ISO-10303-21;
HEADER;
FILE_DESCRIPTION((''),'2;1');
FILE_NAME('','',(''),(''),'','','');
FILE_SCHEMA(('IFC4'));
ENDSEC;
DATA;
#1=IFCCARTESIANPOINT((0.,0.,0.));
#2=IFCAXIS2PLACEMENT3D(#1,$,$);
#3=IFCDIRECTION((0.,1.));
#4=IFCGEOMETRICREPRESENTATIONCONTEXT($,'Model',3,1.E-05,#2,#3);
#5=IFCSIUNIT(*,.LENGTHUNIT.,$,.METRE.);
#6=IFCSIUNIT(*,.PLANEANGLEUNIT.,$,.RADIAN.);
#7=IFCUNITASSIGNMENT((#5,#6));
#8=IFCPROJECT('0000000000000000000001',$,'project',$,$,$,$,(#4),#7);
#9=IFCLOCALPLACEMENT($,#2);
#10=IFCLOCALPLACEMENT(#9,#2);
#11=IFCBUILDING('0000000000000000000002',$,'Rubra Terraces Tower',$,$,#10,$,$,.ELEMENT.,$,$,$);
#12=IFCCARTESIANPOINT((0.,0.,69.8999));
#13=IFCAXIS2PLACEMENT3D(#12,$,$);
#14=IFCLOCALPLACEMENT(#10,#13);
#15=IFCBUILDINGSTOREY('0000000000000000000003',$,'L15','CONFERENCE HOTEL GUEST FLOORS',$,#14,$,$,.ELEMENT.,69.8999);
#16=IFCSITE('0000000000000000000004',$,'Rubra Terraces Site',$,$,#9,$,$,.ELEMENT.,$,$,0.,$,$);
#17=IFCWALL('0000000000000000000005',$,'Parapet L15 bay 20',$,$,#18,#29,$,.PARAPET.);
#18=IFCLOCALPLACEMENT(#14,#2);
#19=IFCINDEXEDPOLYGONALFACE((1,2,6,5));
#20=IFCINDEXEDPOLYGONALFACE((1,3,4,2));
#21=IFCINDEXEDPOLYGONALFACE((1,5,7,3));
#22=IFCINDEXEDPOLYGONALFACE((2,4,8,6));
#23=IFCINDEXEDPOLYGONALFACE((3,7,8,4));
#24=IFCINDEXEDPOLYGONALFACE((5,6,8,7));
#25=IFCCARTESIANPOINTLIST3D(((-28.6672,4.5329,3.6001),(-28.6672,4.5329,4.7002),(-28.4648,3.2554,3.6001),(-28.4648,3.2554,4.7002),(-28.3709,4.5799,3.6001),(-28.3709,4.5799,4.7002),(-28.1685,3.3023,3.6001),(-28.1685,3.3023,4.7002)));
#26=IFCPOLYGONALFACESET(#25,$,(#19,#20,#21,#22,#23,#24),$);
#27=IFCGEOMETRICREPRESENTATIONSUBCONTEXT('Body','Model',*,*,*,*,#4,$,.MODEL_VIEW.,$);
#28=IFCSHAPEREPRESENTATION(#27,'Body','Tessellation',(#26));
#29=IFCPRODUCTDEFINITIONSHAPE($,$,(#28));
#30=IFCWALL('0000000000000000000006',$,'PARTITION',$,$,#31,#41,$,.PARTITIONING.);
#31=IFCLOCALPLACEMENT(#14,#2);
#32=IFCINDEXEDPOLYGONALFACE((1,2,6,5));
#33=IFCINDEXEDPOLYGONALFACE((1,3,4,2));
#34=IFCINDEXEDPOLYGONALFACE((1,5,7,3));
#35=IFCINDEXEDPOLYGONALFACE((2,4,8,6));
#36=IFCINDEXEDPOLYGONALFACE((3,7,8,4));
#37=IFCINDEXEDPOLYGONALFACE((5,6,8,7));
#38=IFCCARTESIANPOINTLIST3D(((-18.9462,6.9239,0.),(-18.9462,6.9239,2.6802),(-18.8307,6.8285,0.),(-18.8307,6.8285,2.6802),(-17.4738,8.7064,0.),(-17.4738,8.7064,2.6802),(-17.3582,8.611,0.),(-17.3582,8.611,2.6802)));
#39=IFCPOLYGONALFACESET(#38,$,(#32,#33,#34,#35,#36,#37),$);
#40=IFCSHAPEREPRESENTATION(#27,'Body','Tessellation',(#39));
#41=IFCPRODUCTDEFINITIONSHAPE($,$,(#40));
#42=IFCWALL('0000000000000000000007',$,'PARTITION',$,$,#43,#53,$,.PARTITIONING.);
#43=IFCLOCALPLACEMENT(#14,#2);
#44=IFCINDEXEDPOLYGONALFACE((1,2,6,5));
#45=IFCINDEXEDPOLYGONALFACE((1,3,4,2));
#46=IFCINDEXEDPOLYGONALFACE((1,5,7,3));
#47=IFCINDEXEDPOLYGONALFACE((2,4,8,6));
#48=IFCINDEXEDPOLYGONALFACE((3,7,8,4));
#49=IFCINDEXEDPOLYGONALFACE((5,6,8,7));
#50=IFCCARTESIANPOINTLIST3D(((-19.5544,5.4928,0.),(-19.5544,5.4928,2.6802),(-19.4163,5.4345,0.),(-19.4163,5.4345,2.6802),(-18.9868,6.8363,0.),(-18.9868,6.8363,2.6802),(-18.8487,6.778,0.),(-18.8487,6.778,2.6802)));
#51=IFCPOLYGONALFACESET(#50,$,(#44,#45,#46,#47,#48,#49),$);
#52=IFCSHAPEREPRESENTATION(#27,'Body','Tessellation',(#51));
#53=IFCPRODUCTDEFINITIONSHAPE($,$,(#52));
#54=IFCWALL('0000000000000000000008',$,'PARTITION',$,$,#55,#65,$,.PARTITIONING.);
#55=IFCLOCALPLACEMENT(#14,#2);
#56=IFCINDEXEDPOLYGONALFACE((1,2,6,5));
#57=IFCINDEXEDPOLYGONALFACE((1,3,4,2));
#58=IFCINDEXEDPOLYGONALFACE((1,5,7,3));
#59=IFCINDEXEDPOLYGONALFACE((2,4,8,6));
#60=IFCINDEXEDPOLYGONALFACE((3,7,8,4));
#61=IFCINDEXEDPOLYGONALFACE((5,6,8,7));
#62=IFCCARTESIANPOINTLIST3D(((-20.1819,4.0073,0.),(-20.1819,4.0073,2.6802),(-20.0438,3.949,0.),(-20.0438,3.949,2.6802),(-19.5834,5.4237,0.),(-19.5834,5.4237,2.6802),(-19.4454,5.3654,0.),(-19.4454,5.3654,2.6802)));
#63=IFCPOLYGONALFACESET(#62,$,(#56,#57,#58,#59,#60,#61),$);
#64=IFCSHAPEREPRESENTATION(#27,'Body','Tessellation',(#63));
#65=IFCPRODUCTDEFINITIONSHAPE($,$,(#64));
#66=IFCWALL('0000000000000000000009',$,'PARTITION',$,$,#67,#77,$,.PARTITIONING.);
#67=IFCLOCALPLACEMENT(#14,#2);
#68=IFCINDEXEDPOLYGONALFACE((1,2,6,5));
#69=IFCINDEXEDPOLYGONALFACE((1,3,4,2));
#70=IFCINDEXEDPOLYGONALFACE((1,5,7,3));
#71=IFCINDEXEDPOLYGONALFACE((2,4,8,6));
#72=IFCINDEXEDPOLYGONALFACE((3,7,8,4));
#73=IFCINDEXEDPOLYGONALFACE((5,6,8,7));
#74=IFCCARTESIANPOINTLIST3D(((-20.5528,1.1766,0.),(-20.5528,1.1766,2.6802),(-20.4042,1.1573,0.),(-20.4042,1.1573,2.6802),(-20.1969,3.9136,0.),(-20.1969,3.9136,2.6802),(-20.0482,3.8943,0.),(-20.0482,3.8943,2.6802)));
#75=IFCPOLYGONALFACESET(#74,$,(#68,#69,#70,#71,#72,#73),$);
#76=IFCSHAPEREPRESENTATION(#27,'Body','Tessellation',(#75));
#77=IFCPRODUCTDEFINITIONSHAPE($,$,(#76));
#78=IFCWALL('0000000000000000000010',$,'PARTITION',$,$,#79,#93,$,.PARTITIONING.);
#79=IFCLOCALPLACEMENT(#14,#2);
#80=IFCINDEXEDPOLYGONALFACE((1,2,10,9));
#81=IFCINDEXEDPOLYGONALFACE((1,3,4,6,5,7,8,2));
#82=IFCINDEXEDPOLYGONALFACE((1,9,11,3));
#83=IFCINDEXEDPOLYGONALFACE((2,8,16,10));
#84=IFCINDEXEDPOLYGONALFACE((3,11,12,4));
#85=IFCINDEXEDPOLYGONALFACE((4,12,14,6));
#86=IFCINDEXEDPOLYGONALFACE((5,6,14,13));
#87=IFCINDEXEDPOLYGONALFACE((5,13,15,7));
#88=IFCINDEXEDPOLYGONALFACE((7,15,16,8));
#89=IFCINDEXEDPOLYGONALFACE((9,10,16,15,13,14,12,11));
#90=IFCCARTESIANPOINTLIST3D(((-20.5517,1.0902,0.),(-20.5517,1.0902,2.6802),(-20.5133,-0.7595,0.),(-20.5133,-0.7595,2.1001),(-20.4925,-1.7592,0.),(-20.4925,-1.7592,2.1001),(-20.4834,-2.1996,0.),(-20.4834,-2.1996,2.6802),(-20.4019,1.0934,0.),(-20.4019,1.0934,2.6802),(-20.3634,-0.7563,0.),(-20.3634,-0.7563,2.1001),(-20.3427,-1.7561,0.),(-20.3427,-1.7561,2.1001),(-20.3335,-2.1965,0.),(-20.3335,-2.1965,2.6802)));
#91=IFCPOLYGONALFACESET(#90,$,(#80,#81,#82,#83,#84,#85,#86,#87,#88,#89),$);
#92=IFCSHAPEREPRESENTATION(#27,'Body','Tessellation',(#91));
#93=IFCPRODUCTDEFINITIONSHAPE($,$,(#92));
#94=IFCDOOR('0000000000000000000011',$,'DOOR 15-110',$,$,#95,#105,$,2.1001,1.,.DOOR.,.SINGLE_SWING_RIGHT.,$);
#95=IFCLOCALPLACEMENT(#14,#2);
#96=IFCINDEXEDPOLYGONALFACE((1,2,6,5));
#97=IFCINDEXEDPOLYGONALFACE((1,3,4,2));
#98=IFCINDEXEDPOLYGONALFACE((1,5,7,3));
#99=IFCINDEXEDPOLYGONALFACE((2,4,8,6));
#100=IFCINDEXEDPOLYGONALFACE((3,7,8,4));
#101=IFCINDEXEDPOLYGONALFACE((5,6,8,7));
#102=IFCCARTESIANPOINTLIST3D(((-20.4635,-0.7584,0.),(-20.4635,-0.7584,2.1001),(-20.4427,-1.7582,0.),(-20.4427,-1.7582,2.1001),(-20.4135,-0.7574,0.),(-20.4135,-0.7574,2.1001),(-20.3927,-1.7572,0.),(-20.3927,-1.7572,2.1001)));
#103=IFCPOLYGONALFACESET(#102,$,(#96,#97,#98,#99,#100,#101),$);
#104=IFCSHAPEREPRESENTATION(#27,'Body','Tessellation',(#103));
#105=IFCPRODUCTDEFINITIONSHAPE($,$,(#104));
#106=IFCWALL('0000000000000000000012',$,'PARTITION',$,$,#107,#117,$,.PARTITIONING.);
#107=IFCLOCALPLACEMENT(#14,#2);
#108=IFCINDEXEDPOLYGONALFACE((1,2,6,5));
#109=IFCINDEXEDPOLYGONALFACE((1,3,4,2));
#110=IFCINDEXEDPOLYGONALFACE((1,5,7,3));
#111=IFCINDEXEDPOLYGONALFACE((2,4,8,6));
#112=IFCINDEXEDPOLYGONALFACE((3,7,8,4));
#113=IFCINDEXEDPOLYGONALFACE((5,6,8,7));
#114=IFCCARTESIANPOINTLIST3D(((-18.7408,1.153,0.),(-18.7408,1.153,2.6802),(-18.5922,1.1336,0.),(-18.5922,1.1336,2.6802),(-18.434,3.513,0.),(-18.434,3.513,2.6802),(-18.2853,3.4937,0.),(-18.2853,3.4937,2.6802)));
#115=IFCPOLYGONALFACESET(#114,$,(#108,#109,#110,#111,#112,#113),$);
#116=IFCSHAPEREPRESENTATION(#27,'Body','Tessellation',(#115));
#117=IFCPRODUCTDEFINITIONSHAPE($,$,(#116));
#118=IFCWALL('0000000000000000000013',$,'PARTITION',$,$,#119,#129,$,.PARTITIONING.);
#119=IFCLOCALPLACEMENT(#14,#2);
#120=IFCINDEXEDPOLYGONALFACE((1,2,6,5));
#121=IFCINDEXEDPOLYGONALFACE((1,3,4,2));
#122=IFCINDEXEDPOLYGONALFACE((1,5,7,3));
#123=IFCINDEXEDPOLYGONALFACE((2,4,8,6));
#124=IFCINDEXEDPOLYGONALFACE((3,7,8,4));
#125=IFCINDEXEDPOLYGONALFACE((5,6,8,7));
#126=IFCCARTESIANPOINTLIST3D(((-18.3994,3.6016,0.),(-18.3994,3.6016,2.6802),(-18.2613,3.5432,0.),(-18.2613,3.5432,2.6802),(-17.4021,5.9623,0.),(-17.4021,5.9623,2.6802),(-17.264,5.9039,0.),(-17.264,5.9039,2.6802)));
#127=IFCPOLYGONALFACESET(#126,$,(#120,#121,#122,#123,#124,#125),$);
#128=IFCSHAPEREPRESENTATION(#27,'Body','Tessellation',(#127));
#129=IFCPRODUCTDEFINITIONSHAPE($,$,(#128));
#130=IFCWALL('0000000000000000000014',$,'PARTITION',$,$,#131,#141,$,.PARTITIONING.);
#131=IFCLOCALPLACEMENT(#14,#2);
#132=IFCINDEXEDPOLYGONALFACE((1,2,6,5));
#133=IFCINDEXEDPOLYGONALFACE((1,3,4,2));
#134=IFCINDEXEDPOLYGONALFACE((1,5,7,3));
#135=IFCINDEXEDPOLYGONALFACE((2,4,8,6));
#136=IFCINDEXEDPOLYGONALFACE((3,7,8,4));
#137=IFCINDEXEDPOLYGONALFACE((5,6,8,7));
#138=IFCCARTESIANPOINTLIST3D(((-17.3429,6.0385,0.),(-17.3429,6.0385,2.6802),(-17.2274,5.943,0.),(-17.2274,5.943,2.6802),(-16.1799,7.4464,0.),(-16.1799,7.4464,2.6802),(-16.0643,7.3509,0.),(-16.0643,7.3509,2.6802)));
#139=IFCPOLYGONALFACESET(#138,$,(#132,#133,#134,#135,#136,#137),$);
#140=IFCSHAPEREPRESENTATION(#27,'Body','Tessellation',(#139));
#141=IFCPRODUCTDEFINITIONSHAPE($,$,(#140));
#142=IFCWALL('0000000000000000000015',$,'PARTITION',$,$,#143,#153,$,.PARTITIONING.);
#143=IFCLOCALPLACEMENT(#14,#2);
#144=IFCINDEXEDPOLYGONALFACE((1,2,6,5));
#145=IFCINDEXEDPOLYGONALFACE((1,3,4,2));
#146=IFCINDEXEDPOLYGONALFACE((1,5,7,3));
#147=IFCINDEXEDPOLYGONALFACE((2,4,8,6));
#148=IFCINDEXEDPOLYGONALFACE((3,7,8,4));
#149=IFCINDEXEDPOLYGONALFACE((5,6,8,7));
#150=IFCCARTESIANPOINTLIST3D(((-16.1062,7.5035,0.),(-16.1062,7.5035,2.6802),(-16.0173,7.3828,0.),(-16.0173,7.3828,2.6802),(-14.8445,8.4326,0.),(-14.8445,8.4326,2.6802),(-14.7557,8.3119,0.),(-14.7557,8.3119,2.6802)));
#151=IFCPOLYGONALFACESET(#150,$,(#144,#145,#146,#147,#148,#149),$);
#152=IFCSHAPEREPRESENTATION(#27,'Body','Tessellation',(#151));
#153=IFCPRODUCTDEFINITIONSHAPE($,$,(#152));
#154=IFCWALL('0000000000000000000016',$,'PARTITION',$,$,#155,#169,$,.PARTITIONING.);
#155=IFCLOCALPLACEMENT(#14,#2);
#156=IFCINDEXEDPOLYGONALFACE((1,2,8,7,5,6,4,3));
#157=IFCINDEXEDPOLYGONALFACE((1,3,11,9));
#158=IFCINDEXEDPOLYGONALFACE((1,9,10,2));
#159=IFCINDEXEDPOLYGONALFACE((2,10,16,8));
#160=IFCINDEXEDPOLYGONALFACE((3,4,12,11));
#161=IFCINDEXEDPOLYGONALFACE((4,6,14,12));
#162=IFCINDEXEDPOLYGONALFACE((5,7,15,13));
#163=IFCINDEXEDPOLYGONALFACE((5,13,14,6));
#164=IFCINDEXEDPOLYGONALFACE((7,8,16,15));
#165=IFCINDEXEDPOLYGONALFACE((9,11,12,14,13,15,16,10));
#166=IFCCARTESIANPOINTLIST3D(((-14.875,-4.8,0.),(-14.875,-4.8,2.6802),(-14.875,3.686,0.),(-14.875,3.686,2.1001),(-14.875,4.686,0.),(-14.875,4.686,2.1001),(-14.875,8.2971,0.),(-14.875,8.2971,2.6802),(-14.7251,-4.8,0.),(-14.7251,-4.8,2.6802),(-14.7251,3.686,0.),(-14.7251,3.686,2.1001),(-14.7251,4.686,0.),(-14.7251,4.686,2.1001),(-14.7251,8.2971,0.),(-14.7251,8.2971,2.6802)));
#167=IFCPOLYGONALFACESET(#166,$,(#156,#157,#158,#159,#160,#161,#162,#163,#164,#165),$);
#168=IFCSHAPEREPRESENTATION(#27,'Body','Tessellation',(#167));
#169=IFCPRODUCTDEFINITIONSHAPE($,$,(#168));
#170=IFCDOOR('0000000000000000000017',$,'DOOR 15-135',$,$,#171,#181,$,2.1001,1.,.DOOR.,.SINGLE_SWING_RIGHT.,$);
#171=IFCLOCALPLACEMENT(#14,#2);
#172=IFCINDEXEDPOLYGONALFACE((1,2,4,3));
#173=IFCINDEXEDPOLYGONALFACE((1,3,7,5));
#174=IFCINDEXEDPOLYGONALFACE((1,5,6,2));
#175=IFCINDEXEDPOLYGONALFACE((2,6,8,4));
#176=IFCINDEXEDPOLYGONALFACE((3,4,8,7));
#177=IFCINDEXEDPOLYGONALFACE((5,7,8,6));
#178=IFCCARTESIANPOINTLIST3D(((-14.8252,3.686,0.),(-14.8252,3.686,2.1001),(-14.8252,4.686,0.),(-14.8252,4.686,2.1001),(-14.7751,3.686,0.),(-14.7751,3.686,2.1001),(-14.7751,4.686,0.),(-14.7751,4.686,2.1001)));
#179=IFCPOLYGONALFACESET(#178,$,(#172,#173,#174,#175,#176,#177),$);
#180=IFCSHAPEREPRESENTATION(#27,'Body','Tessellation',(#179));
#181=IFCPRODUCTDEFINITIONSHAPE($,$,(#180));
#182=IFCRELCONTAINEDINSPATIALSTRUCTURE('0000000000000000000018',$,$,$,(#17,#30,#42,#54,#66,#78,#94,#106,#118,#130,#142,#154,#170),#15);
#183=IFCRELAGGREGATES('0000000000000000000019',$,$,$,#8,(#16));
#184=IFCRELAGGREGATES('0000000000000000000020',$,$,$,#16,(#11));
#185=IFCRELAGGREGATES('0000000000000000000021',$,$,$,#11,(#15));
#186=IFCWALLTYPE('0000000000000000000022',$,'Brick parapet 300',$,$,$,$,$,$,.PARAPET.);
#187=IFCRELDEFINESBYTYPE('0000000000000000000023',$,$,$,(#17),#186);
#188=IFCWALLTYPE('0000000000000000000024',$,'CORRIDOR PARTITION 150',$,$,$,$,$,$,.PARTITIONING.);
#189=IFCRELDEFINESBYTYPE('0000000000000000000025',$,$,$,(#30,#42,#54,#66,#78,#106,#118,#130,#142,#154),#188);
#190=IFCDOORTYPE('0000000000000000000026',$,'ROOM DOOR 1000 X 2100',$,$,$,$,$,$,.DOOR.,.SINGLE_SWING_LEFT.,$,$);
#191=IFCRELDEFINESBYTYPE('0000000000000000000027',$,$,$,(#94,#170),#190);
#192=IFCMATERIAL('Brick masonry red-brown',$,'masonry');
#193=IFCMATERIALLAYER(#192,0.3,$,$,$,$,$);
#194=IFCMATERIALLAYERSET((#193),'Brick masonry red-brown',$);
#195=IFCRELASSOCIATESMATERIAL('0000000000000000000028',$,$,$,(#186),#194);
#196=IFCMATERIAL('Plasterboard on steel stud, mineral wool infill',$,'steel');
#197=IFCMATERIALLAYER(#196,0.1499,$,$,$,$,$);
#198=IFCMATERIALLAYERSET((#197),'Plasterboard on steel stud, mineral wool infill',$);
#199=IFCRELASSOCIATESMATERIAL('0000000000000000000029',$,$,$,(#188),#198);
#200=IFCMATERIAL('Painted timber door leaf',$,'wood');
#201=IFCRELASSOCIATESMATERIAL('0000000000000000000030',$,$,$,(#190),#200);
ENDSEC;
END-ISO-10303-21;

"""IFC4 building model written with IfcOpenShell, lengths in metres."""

from ifc_helpers import new_model, si_unit, direction, frame, frame_2d, origin, place, context, subcontext, project, spatial, rectangle, extrude, material, layer, layer_set, type_object, element, fill, save


model = new_model("IFC4")

# Units and contexts
model_context = context("Model", 3, precision=1e-05, world=origin(), true_north=direction((0.0, 1.0)))
body_context = subcontext(model_context, "Body", "Model", "MODEL_VIEW")
ifc_project = project(units=[si_unit("LENGTHUNIT", "METRE"), si_unit("PLANEANGLEUNIT", "RADIAN")], contexts=[model_context])

# Site, building, storey
site_placement = place(None, origin())
site = spatial("IfcSite", under=ifc_project, at=site_placement, Name="Rubra Terraces Site", CompositionType="ELEMENT", RefElevation=0.0)
building_placement = place(site_placement, origin())
building = spatial("IfcBuilding", under=site, at=building_placement, Name="Rubra Terraces Tower", CompositionType="ELEMENT")
storey_placement = place(building_placement, frame((0.0, 0.0, 69.8999)))
storey = spatial("IfcBuildingStorey", under=building, at=storey_placement, Name="L15", Description="CONFERENCE HOTEL GUEST FLOORS", CompositionType="ELEMENT", Elevation=69.8999)

# Shared definitions
ifc_material_1 = material(Name="Brick masonry red-brown", Category="masonry")

# Walls
ifc_layer_1 = layer(ifc_material_1, 0.3)
ifc_layer_set_1 = layer_set([ifc_layer_1], Name="Brick masonry red-brown")
wall_type_1 = type_object("IfcWallType", Name="Brick parapet 300", PredefinedType="PARAPET", material=ifc_layer_set_1)
wall_1_placement = place(storey_placement, frame((-28.519, 4.5564, 3.6001), z_axis=(0.0, 0.0, 1.0), x_axis=(0.156467, -0.987683, 0.0)))
element("IfcWall", 1, at=wall_1_placement, inside=storey, type_object=wall_type_1, Name="Parapet L15 bay 20", PredefinedType="PARAPET", context=body_context, shape_type="SweptSolid", body=[
    extrude(rectangle(XDim=1.2935, YDim=0.3, at=frame_2d((0.6467, 0.0))), origin(), (0.0, 0.0, 1.0), 1.1001),
])
ifc_material_2 = material(Name="Plasterboard on steel stud, mineral wool infill", Category="steel")
ifc_layer_2 = layer(ifc_material_2, 0.1499)
ifc_layer_set_2 = layer_set([ifc_layer_2], Name="Plasterboard on steel stud, mineral wool infill")
wall_type_2 = type_object("IfcWallType", Name="CORRIDOR PARTITION 150", PredefinedType="PARTITIONING", material=ifc_layer_set_2)
wall_2_placement = place(storey_placement, frame((-17.416, 8.6587, 0.0), z_axis=(0.0, 0.0, 1.0), x_axis=(-0.636865, -0.770975, 0.0)))
element("IfcWall", 2, at=wall_2_placement, inside=storey, type_object=wall_type_2, Name="PARTITION", PredefinedType="PARTITIONING", context=body_context, shape_type="SweptSolid", body=[
    extrude(rectangle(XDim=2.312, YDim=0.1499, at=frame_2d((1.156, 0.0))), origin(), (0.0, 0.0, 1.0), 2.6802),
])
wall_3_placement = place(storey_placement, frame((-18.9177, 6.8071, 0.0), z_axis=(0.0, 0.0, 1.0), x_axis=(-0.389187, -0.921159, 0.0)))
element("IfcWall", 3, at=wall_3_placement, inside=storey, type_object=wall_type_2, Name="PARTITION", PredefinedType="PARTITIONING", context=body_context, shape_type="SweptSolid", body=[
    extrude(rectangle(XDim=1.4585, YDim=0.1499, at=frame_2d((0.7292, 0.0))), origin(), (0.0, 0.0, 1.0), 2.6802),
])
wall_4_placement = place(storey_placement, frame((-19.5144, 5.3945, 0.0), z_axis=(0.0, 0.0, 1.0), x_axis=(-0.3892, -0.921153, 0.0)))
element("IfcWall", 4, at=wall_4_placement, inside=storey, type_object=wall_type_2, Name="PARTITION", PredefinedType="PARTITIONING", context=body_context, shape_type="SweptSolid", body=[
    extrude(rectangle(XDim=1.5376, YDim=0.1499, at=frame_2d((0.7688, 0.0))), origin(), (0.0, 0.0, 1.0), 2.6802),
])
wall_5_placement = place(storey_placement, frame((-20.1226, 3.9038, 0.0), z_axis=(0.0, 0.0, 1.0), x_axis=(-0.128965, -0.991649, 0.0)))
element("IfcWall", 5, at=wall_5_placement, inside=storey, type_object=wall_type_2, Name="PARTITION", PredefinedType="PARTITIONING", context=body_context, shape_type="SweptSolid", body=[
    extrude(rectangle(XDim=2.76, YDim=0.1499, at=frame_2d((1.3799, 0.0))), origin(), (0.0, 0.0, 1.0), 2.6802),
])

# Wall, opening, door
wall_6_placement = place(storey_placement, frame((-20.4768, 1.0918, 0.0), z_axis=(0.0, 0.0, 1.0), x_axis=(0.020775, -0.999784, 0.0)))
wall_6 = element("IfcWall", 6, at=wall_6_placement, inside=storey, type_object=wall_type_2, Name="PARTITION", PredefinedType="PARTITIONING", context=body_context, shape_type="SweptSolid", body=[
    extrude(rectangle(XDim=3.2905, YDim=0.1499, at=frame_2d((1.6453, 0.0))), origin(), (0.0, 0.0, 1.0), 2.6802),
])
opening_1_placement = place(wall_6_placement, frame((1.8501, 0.0, 0.0)))
opening_1 = element("IfcOpeningElement", 7, at=opening_1_placement, cuts=wall_6, PredefinedType="OPENING", context=body_context, shape_type="SweptSolid", body=[
    extrude(rectangle(XDim=1.0, YDim=2.1001, at=frame_2d((0.5, 1.05))), frame((0.0, 0.085, 0.0), z_axis=(0.0, -1.0, 0.0), x_axis=(1.0, 0.0, 0.0)), (0.0, 0.0, 1.0), 0.1699),
])
ifc_material_3 = material(Name="Painted timber door leaf", Category="wood")
door_type_1 = type_object("IfcDoorType", Name="ROOM DOOR 1000 X 2100", OperationType="SINGLE_SWING_LEFT", PredefinedType="DOOR", material=ifc_material_3)
door_1_placement = place(opening_1_placement, origin())
door_1 = element("IfcDoor", 8, at=door_1_placement, inside=storey, type_object=door_type_1, Name="DOOR 15-110", OperationType="SINGLE_SWING_RIGHT", OverallHeight=2.1001, OverallWidth=1.0, PredefinedType="DOOR", context=body_context, shape_type="SweptSolid", body=[
    extrude(rectangle(XDim=1.0, YDim=2.1001, at=frame_2d((0.5, 1.05))), frame((0.0, 0.0249, 0.0), z_axis=(0.0, -1.0, 0.0), x_axis=(1.0, 0.0, 0.0)), (0.0, 0.0, 1.0), 0.05),
])
fill(opening_1, door_1)

# Walls
wall_7_placement = place(storey_placement, frame((-18.6665, 1.1433, 0.0), z_axis=(0.0, 0.0, 1.0), x_axis=(0.128944, 0.991652, 0.0)))
element("IfcWall", 9, at=wall_7_placement, inside=storey, type_object=wall_type_2, Name="PARTITION", PredefinedType="PARTITIONING", context=body_context, shape_type="SweptSolid", body=[
    extrude(rectangle(XDim=2.3799, YDim=0.1499, at=frame_2d((1.1899, 0.0))), origin(), (0.0, 0.0, 1.0), 2.6802),
])
wall_8_placement = place(storey_placement, frame((-18.3303, 3.5725, 0.0), z_axis=(0.0, 0.0, 1.0), x_axis=(0.389177, 0.921163, 0.0)))
element("IfcWall", 10, at=wall_8_placement, inside=storey, type_object=wall_type_2, Name="PARTITION", PredefinedType="PARTITIONING", context=body_context, shape_type="SweptSolid", body=[
    extrude(rectangle(XDim=2.5627, YDim=0.1499, at=frame_2d((1.2812, 0.0))), origin(), (0.0, 0.0, 1.0), 2.6802),
])
wall_9_placement = place(storey_placement, frame((-17.2852, 5.9907, 0.0), z_axis=(0.0, 0.0, 1.0), x_axis=(0.636878, 0.770965, 0.0)))
element("IfcWall", 11, at=wall_9_placement, inside=storey, type_object=wall_type_2, Name="PARTITION", PredefinedType="PARTITIONING", context=body_context, shape_type="SweptSolid", body=[
    extrude(rectangle(XDim=1.8262, YDim=0.1499, at=frame_2d((0.9131, 0.0))), origin(), (0.0, 0.0, 1.0), 2.6802),
])
wall_10_placement = place(storey_placement, frame((-16.0618, 7.4431, 0.0), z_axis=(0.0, 0.0, 1.0), x_axis=(0.805205, 0.592997, 0.0)))
element("IfcWall", 12, at=wall_10_placement, inside=storey, type_object=wall_type_2, Name="PARTITION", PredefinedType="PARTITIONING", context=body_context, shape_type="SweptSolid", body=[
    extrude(rectangle(XDim=1.5669, YDim=0.1499, at=frame_2d((0.7834, 0.0))), origin(), (0.0, 0.0, 1.0), 2.6802),
])

# Wall, opening, door
wall_11_placement = place(storey_placement, frame((-14.8, 8.2971, 0.0), z_axis=(0.0, 0.0, 1.0), x_axis=(0.0, -1.0, 0.0)))
wall_11 = element("IfcWall", 13, at=wall_11_placement, inside=storey, type_object=wall_type_2, Name="PARTITION", PredefinedType="PARTITIONING", context=body_context, shape_type="SweptSolid", body=[
    extrude(rectangle(XDim=13.0972, YDim=0.1499, at=frame_2d((6.5486, 0.0))), origin(), (0.0, 0.0, 1.0), 2.6802),
])
opening_2_placement = place(wall_11_placement, frame((3.6111, 0.0, 0.0)))
opening_2 = element("IfcOpeningElement", 14, at=opening_2_placement, cuts=wall_11, PredefinedType="OPENING", context=body_context, shape_type="SweptSolid", body=[
    extrude(rectangle(XDim=1.0, YDim=2.1001, at=frame_2d((0.5, 1.05))), frame((0.0, 0.085, 0.0), z_axis=(0.0, -1.0, 0.0), x_axis=(1.0, 0.0, 0.0)), (0.0, 0.0, 1.0), 0.1699),
])
door_2_placement = place(opening_2_placement, origin())
door_2 = element("IfcDoor", 15, at=door_2_placement, inside=storey, type_object=door_type_1, Name="DOOR 15-135", OperationType="SINGLE_SWING_RIGHT", OverallHeight=2.1001, OverallWidth=1.0, PredefinedType="DOOR", context=body_context, shape_type="SweptSolid", body=[
    extrude(rectangle(XDim=1.0, YDim=2.1001, at=frame_2d((0.5, 1.05))), frame((0.0, 0.0249, 0.0), z_axis=(0.0, -1.0, 0.0), x_axis=(1.0, 0.0, 0.0)), (0.0, 0.0, 1.0), 0.05),
])
fill(opening_2, door_2)

save(model, "model.ifc")
